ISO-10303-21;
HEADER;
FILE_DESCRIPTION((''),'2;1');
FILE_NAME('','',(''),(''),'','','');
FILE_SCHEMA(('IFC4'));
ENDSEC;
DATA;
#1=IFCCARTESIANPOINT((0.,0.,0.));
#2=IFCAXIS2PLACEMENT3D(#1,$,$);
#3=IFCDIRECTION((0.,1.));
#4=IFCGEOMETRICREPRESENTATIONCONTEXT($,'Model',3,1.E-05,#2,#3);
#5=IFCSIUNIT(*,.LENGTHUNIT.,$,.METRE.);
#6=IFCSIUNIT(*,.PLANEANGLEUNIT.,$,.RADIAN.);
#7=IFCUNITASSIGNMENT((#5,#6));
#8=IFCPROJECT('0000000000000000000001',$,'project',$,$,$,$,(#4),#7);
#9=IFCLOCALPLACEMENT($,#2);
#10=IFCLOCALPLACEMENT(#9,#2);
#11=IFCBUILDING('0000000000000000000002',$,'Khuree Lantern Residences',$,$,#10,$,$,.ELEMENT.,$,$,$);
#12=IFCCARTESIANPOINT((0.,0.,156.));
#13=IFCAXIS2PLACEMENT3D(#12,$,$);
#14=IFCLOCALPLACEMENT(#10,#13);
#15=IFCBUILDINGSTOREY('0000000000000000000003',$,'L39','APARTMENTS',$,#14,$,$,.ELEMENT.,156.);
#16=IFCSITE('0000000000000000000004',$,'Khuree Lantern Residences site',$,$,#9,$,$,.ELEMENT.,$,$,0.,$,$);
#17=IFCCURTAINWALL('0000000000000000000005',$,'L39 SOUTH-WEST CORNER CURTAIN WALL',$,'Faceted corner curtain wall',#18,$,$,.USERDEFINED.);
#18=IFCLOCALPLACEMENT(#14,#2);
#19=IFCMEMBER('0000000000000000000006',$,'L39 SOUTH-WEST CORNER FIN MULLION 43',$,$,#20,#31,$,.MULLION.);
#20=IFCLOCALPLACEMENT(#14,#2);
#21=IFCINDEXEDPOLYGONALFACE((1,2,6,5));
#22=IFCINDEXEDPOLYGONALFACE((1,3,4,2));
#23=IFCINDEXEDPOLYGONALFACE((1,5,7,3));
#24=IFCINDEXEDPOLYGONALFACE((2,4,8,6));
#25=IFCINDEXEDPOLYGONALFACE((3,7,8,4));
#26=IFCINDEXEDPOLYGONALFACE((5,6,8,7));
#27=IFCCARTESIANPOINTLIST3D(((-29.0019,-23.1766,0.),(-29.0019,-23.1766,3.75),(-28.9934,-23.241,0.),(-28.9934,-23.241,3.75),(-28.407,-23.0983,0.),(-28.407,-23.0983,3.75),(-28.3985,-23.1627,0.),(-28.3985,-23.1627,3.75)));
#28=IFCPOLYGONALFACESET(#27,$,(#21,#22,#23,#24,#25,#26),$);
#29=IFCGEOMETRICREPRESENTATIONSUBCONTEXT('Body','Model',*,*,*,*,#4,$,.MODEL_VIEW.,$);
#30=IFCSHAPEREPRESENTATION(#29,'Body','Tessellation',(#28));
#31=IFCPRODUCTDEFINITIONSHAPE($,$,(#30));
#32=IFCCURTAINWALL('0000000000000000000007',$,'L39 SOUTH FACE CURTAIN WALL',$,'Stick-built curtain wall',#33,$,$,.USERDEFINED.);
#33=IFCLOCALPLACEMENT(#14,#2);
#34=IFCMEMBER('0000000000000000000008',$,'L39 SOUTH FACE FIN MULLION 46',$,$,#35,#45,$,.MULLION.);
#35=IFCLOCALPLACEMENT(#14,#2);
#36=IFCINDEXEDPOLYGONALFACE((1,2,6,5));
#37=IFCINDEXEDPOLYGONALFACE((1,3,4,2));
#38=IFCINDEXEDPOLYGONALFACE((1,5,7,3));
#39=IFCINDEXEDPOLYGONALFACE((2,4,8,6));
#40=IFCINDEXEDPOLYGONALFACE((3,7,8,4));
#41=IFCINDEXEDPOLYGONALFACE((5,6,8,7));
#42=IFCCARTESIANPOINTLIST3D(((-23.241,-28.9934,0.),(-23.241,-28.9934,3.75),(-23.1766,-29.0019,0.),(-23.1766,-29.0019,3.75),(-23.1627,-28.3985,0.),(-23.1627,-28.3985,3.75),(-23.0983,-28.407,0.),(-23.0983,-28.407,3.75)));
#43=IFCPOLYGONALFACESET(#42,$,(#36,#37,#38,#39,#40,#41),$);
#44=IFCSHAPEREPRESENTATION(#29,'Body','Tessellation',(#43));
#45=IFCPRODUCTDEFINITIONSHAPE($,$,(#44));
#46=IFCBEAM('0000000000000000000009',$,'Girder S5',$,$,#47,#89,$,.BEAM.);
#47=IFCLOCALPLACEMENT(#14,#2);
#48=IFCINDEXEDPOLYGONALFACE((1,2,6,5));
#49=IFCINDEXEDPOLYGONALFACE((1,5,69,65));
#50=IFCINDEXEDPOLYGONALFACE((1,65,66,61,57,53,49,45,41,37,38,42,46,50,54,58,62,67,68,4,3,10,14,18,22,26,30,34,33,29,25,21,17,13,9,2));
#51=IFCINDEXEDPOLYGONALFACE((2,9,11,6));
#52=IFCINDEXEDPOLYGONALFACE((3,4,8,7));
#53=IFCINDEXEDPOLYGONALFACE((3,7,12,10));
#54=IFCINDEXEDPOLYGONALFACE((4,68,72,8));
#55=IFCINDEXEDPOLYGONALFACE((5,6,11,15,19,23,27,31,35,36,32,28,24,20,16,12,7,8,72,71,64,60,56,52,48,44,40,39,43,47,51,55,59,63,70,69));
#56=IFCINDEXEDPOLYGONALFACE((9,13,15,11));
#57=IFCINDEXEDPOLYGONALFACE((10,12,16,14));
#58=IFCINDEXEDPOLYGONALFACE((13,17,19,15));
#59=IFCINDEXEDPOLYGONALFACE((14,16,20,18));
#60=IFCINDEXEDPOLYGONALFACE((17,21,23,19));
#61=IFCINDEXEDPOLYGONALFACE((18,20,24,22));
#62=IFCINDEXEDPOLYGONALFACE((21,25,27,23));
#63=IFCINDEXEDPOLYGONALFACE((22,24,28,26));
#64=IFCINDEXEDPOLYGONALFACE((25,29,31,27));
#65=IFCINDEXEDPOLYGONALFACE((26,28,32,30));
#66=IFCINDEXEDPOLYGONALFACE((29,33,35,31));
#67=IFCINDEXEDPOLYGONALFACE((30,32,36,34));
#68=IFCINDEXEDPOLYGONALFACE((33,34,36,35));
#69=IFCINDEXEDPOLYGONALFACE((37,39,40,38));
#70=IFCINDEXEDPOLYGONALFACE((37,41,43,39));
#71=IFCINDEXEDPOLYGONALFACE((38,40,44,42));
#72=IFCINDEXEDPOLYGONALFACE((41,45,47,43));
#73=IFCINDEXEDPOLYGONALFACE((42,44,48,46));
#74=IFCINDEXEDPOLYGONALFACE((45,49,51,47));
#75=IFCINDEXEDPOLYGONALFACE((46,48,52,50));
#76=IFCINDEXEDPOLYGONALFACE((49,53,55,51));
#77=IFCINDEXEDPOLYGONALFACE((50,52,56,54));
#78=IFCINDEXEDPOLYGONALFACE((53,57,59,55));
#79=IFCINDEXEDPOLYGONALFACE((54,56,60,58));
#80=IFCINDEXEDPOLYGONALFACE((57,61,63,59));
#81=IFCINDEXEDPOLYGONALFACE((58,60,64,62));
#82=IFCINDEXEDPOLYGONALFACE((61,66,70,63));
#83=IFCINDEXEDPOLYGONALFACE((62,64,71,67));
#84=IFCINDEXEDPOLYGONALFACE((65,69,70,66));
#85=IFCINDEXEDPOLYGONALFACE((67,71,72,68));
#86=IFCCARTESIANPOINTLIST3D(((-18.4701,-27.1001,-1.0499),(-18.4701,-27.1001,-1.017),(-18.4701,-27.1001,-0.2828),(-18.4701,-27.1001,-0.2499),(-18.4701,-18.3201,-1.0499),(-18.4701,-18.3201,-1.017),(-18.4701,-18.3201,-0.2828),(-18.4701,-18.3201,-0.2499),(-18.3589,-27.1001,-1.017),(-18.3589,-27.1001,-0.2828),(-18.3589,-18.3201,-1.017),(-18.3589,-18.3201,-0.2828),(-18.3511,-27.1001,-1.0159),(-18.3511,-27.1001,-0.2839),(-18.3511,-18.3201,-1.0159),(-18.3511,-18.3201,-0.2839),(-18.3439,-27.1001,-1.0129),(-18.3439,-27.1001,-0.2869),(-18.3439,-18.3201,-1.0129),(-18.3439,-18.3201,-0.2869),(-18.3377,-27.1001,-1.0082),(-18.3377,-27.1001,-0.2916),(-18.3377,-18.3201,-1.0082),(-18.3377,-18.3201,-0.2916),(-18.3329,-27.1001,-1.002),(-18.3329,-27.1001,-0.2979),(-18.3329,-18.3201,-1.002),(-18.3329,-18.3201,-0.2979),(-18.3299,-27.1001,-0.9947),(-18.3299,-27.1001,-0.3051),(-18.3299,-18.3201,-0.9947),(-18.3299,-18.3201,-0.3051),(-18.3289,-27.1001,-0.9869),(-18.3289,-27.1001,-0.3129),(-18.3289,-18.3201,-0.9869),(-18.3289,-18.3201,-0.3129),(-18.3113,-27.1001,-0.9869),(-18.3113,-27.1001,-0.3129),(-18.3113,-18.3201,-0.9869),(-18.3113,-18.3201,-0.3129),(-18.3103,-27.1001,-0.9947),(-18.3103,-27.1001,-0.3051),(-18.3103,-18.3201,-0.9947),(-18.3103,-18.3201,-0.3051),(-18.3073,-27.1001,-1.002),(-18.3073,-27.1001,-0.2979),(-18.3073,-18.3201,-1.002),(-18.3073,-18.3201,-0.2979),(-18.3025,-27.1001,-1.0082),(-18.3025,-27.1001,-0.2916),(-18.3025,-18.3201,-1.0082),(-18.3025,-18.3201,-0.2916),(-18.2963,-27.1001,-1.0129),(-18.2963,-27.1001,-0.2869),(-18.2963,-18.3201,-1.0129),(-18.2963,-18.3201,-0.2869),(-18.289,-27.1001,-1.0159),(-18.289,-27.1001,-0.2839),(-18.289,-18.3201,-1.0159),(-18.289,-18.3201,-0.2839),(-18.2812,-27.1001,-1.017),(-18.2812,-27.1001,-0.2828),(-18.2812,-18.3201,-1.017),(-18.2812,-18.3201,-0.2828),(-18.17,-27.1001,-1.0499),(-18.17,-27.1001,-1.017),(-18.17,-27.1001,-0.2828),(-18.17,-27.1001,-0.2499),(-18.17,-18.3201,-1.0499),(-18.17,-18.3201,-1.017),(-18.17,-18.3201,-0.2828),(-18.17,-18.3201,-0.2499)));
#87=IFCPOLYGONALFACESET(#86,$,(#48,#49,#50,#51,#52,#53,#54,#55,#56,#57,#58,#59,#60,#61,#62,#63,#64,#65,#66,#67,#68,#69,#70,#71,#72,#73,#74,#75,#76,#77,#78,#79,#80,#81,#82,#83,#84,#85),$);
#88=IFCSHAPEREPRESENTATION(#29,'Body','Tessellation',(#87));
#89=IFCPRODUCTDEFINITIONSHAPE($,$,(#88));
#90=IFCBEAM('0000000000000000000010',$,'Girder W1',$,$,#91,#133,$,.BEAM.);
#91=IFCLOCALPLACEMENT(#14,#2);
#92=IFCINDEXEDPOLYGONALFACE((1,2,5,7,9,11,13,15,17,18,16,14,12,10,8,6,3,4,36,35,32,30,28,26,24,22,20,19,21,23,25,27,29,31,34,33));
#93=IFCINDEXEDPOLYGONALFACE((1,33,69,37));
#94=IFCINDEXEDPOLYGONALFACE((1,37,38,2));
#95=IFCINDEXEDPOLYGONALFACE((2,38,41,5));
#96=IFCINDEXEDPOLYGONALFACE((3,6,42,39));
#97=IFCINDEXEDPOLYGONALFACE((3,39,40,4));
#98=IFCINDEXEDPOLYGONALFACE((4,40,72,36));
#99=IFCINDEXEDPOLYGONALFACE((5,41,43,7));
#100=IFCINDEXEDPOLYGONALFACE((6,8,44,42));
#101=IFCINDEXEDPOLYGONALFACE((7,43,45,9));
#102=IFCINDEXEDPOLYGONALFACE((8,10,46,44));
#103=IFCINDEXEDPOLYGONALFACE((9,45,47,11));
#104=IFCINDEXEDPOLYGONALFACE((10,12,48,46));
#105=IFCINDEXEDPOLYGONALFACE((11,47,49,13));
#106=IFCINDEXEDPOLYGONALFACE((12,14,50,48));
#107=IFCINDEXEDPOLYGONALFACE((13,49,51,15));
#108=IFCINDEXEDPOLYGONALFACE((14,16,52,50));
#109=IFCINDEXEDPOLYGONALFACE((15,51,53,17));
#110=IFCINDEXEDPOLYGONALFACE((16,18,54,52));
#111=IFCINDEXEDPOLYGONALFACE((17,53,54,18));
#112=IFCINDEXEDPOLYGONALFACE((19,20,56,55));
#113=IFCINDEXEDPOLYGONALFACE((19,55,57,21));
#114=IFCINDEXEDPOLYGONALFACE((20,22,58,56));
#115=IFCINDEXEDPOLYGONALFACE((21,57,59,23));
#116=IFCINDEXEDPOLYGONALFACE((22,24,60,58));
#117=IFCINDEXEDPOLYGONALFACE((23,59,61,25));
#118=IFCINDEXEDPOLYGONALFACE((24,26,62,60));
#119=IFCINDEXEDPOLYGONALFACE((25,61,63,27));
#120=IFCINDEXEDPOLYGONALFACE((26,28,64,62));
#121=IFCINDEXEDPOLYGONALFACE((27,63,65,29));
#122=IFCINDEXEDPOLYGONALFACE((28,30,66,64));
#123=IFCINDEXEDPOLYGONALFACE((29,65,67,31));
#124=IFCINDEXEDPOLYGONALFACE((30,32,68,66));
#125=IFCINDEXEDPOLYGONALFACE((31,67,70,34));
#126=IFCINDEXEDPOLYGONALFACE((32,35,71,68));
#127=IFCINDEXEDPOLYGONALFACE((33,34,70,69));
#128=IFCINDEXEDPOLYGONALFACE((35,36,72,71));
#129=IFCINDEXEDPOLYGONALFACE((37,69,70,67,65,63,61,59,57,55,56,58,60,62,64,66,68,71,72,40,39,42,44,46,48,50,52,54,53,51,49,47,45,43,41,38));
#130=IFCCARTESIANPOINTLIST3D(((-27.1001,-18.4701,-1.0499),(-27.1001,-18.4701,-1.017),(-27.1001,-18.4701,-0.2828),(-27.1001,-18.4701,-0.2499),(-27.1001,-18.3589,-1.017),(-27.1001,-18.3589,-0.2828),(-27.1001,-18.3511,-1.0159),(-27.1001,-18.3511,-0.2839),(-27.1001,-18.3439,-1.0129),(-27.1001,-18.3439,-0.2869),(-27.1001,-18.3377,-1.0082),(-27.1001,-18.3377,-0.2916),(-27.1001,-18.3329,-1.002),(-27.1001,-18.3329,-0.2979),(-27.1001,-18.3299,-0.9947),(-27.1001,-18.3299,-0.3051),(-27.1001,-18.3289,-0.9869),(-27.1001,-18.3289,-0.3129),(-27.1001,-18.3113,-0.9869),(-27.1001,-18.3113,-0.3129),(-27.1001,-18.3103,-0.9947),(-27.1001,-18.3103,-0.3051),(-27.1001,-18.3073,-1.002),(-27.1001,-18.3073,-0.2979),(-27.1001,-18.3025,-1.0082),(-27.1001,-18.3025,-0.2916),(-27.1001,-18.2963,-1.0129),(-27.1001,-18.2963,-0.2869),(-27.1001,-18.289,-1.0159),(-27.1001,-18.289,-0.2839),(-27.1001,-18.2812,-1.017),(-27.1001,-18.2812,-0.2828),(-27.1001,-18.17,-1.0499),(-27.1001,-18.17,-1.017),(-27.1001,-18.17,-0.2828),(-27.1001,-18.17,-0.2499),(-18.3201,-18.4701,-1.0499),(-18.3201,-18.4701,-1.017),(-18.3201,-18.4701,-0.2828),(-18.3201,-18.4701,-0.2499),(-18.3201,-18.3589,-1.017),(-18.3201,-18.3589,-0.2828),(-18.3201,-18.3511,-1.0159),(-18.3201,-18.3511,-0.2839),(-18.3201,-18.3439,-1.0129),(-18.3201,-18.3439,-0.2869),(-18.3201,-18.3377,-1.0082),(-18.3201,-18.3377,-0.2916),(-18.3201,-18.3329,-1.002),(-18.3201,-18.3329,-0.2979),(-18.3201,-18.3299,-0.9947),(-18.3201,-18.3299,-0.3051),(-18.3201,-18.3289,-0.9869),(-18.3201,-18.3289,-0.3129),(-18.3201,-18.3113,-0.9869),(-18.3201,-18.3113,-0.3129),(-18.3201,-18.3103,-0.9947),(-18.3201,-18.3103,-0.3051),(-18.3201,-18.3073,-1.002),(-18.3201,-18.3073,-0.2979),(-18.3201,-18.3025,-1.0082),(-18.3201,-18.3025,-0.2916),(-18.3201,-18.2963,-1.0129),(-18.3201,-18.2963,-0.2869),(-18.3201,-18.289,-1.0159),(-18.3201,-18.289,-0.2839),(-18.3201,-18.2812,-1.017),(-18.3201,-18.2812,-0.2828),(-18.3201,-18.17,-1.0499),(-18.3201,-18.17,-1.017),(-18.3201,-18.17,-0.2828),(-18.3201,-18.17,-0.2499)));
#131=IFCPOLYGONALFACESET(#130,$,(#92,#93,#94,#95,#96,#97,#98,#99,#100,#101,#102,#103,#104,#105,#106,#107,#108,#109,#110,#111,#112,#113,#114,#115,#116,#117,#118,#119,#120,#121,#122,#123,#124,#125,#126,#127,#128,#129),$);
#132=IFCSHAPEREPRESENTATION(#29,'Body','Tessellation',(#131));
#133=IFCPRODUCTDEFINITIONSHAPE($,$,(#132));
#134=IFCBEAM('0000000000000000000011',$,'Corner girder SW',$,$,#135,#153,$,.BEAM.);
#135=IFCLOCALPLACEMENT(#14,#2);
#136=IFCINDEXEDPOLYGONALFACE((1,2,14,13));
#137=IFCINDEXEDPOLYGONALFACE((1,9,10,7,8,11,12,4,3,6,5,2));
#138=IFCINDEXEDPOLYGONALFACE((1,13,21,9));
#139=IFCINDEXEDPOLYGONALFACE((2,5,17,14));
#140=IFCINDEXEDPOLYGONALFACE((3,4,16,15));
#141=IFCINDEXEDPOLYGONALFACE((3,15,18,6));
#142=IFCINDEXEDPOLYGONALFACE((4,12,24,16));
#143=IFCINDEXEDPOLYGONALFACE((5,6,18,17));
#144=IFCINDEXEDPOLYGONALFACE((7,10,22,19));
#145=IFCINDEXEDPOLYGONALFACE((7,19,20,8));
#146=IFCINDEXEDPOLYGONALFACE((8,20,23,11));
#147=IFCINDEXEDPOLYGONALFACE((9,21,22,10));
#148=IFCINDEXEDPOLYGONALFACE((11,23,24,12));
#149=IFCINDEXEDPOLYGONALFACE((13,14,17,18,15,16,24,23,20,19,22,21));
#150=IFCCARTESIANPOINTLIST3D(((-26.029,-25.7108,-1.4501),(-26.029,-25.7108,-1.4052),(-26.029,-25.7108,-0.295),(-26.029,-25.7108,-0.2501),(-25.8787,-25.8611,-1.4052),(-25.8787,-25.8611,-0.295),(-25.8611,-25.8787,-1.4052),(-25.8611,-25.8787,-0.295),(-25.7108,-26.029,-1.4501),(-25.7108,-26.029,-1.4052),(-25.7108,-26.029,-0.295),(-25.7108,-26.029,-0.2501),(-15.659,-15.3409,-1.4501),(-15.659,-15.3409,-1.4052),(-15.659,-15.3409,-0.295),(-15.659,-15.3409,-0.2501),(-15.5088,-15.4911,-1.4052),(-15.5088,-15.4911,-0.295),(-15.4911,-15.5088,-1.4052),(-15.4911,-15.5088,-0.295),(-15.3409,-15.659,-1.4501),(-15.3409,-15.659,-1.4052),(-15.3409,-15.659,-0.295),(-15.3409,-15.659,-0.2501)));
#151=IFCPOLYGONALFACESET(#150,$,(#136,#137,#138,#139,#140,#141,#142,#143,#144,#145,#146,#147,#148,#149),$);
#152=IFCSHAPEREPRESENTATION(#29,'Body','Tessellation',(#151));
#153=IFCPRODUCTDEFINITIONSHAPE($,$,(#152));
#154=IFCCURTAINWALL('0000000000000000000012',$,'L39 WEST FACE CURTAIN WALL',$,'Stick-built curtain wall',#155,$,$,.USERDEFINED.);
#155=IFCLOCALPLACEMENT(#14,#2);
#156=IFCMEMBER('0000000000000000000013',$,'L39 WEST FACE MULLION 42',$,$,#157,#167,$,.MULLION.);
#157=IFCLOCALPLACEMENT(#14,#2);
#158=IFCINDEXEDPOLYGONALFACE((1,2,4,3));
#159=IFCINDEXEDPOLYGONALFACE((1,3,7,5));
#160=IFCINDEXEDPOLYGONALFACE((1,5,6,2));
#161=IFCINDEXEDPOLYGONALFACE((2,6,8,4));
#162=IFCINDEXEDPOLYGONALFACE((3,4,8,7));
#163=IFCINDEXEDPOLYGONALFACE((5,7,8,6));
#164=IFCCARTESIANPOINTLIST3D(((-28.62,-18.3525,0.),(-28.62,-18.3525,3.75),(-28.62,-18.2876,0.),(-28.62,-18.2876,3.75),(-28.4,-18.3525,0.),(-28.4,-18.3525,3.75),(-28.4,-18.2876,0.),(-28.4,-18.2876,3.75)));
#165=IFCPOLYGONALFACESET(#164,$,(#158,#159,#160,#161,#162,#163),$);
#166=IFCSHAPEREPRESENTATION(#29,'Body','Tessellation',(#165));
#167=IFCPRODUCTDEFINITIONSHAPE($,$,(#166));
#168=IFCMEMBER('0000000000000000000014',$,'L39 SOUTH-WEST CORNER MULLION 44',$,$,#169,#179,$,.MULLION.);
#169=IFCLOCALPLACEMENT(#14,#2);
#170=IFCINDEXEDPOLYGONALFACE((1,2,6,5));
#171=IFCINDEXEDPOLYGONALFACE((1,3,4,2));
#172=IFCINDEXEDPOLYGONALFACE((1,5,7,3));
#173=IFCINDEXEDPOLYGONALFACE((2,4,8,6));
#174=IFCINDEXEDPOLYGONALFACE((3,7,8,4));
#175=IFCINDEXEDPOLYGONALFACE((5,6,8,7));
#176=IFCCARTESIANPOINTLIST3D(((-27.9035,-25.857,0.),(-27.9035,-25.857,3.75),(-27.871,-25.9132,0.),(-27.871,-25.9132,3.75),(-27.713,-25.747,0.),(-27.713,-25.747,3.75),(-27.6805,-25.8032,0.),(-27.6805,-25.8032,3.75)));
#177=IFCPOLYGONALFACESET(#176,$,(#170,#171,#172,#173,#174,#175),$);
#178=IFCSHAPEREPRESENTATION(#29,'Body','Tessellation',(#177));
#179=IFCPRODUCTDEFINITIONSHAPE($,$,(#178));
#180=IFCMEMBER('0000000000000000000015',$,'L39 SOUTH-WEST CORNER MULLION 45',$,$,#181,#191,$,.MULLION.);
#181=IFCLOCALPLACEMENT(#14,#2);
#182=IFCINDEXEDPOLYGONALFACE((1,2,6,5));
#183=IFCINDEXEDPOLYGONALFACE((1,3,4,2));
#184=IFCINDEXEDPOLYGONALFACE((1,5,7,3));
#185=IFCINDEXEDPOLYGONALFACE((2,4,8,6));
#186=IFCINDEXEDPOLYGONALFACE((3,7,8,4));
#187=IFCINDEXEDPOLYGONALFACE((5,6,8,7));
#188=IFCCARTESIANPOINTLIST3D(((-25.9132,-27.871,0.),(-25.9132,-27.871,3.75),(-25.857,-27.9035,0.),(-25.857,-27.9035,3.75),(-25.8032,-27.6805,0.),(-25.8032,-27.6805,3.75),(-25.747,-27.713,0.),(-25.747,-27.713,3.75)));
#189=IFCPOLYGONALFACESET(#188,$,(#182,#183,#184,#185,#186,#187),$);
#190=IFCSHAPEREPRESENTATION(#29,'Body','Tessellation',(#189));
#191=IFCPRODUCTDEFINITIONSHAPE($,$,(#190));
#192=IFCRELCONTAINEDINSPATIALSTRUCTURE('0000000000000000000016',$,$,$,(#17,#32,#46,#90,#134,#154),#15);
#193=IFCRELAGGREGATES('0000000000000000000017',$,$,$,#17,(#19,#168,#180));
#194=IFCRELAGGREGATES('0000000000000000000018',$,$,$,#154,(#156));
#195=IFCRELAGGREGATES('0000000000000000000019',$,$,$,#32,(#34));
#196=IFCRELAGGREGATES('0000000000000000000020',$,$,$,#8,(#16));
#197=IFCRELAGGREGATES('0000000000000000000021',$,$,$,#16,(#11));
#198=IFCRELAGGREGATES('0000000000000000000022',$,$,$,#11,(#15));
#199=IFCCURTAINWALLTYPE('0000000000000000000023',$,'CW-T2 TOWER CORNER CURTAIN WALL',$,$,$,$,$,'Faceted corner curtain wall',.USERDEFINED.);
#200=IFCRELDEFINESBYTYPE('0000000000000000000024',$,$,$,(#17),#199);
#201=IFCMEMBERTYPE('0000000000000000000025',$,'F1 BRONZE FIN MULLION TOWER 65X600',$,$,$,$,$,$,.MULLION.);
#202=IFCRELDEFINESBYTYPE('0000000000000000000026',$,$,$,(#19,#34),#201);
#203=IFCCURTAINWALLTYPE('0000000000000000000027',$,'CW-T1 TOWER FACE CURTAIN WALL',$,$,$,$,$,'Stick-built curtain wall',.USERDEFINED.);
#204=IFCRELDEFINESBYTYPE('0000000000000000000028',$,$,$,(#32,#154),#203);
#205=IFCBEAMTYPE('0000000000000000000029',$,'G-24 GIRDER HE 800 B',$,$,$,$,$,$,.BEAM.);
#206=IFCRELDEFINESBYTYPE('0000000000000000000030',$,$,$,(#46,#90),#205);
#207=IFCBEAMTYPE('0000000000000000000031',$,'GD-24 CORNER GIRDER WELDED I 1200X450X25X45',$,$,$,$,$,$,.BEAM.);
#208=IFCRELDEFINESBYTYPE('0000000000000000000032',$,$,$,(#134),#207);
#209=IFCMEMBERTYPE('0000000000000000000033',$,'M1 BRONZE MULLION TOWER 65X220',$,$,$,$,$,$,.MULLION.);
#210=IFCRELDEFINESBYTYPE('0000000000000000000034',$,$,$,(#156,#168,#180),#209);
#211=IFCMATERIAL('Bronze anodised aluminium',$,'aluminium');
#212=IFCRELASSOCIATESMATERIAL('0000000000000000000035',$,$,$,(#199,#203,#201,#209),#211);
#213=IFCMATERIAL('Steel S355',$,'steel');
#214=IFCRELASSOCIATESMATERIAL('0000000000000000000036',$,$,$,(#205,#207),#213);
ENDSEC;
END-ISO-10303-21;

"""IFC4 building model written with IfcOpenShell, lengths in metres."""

from ifc_helpers import new_model, si_unit, direction, frame, origin, origin_2d, place, context, subcontext, project, spatial, rectangle, i_section, extrude, material, material_profile, profile_set, type_object, element, aggregate, save


model = new_model("IFC4")

# Units and contexts
model_context = context("Model", 3, precision=1e-05, world=origin(), true_north=direction((0.0, 1.0)))
body_context = subcontext(model_context, "Body", "Model", "MODEL_VIEW")
ifc_project = project(units=[si_unit("LENGTHUNIT", "METRE"), si_unit("PLANEANGLEUNIT", "RADIAN")], contexts=[model_context])

# Site, building, storey
site_placement = place(None, origin())
site = spatial("IfcSite", under=ifc_project, at=site_placement, Name="Khuree Lantern Residences site", CompositionType="ELEMENT", RefElevation=0.0)
building_placement = place(site_placement, origin())
building = spatial("IfcBuilding", under=site, at=building_placement, Name="Khuree Lantern Residences", CompositionType="ELEMENT")
storey_placement = place(building_placement, frame((0.0, 0.0, 156.0)))
storey = spatial("IfcBuildingStorey", under=building, at=storey_placement, Name="L39", Description="APARTMENTS", CompositionType="ELEMENT", Elevation=156.0)

# Shared definitions
ifc_material_1 = material(Name="Steel S355", Category="steel")

# Curtain walls, members
ifc_material_2 = material(Name="Bronze anodised aluminium", Category="aluminium")
curtain_wall_type_1 = type_object("IfcCurtainWallType", Name="CW-T2 TOWER CORNER CURTAIN WALL", ElementType="Faceted corner curtain wall", PredefinedType="USERDEFINED", material=ifc_material_2)
curtain_wall_1_placement = place(storey_placement, origin())
curtain_wall_1 = element("IfcCurtainWall", 1, at=curtain_wall_1_placement, inside=storey, type_object=curtain_wall_type_1, Name="L39 SOUTH-WEST CORNER CURTAIN WALL", ObjectType="Faceted corner curtain wall", PredefinedType="USERDEFINED")
ifc_material_profile_1 = material_profile(ifc_material_2, rectangle(XDim=0.0649, YDim=0.6001, at=origin_2d()), Name="F1 65X600")
ifc_profile_set_1 = profile_set([ifc_material_profile_1], Name="Bronze anodised aluminium")
member_type_1 = type_object("IfcMemberType", Name="F1 BRONZE FIN MULLION TOWER 65X600", PredefinedType="MULLION", material=ifc_profile_set_1)
member_1_placement = place(storey_placement, frame((-28.7002, -23.1697, 0.0), z_axis=(0.0, 0.0, 1.0), x_axis=(0.130526, -0.991445, 0.0)))
member_1 = element("IfcMember", 2, at=member_1_placement, type_object=member_type_1, Name="L39 SOUTH-WEST CORNER FIN MULLION 43", PredefinedType="MULLION", context=body_context, shape_type="SweptSolid", body=[
    extrude(rectangle(XDim=0.0649, YDim=0.6001, at=origin_2d()), origin(), (0.0, 0.0, 1.0), 3.75),
])
curtain_wall_type_2 = type_object("IfcCurtainWallType", Name="CW-T1 TOWER FACE CURTAIN WALL", ElementType="Stick-built curtain wall", PredefinedType="USERDEFINED", material=ifc_material_2)
curtain_wall_2_placement = place(storey_placement, origin())
curtain_wall_2 = element("IfcCurtainWall", 3, at=curtain_wall_2_placement, inside=storey, type_object=curtain_wall_type_2, Name="L39 SOUTH FACE CURTAIN WALL", ObjectType="Stick-built curtain wall", PredefinedType="USERDEFINED")
member_2_placement = place(storey_placement, frame((-23.1697, -28.7002, 0.0), z_axis=(0.0, 0.0, 1.0), x_axis=(0.991445, -0.130526, 0.0)))
member_2 = element("IfcMember", 4, at=member_2_placement, type_object=member_type_1, Name="L39 SOUTH FACE FIN MULLION 46", PredefinedType="MULLION", context=body_context, shape_type="SweptSolid", body=[
    extrude(rectangle(XDim=0.0649, YDim=0.6001, at=origin_2d()), origin(), (0.0, 0.0, 1.0), 3.75),
])

# Beams
ifc_material_profile_2 = material_profile(ifc_material_1, i_section(OverallWidth=0.3, OverallDepth=0.8, WebThickness=0.0176, FlangeThickness=0.033, FilletRadius=0.03, at=origin_2d()), Name="HE 800 B")
ifc_profile_set_2 = profile_set([ifc_material_profile_2], Name="Steel S355")
beam_type_1 = type_object("IfcBeamType", Name="G-24 GIRDER HE 800 B", PredefinedType="BEAM", material=ifc_profile_set_2)
for number, where, z_axis, x_axis, name in (
    (5, (-18.3201, -27.1001, -0.6499), (0.0, 1.0, 0.0), (-1.0, 0.0, 0.0), "Girder S5"),
    (6, (-27.1001, -18.3201, -0.6499), (1.0, 0.0, 0.0), (0.0, 1.0, 0.0), "Girder W1"),
):
    element("IfcBeam", number, at=place(storey_placement, frame(where, z_axis=z_axis, x_axis=x_axis)), inside=storey, type_object=beam_type_1, Name=name, PredefinedType="BEAM", context=body_context, shape_type="SweptSolid", body=[
        extrude(i_section(OverallWidth=0.3, OverallDepth=0.8, WebThickness=0.0176, FlangeThickness=0.033, FilletRadius=0.03, at=origin_2d()), origin(), (0.0, 0.0, 1.0), 8.78),
    ])
ifc_material_profile_3 = material_profile(ifc_material_1, i_section(OverallWidth=0.45, OverallDepth=1.2, WebThickness=0.0249, FlangeThickness=0.0449, at=origin_2d()), Name="WELDED I 1200X450X25X45")
ifc_profile_set_3 = profile_set([ifc_material_profile_3], Name="Steel S355")
beam_type_2 = type_object("IfcBeamType", Name="GD-24 CORNER GIRDER WELDED I 1200X450X25X45", PredefinedType="BEAM", material=ifc_profile_set_3)
beam_1_placement = place(storey_placement, frame((-25.8699, -25.8699, -0.8501), z_axis=(0.707107, 0.707107, 0.0), x_axis=(-0.707107, 0.707107, 0.0)))
element("IfcBeam", 7, at=beam_1_placement, inside=storey, type_object=beam_type_2, Name="Corner girder SW", PredefinedType="BEAM", context=body_context, shape_type="SweptSolid", body=[
    extrude(i_section(OverallWidth=0.45, OverallDepth=1.2, WebThickness=0.0249, FlangeThickness=0.0449, at=origin_2d()), origin(), (0.0, 0.0, 1.0), 14.6653),
])

# Curtain wall, member
curtain_wall_3_placement = place(storey_placement, origin())
curtain_wall_3 = element("IfcCurtainWall", 8, at=curtain_wall_3_placement, inside=storey, type_object=curtain_wall_type_2, Name="L39 WEST FACE CURTAIN WALL", ObjectType="Stick-built curtain wall", PredefinedType="USERDEFINED")
ifc_material_profile_4 = material_profile(ifc_material_2, rectangle(XDim=0.0649, YDim=0.22, at=origin_2d()), Name="M1 65X220")
ifc_profile_set_4 = profile_set([ifc_material_profile_4], Name="Bronze anodised aluminium")
member_type_2 = type_object("IfcMemberType", Name="M1 BRONZE MULLION TOWER 65X220", PredefinedType="MULLION", material=ifc_profile_set_4)
member_3_placement = place(storey_placement, frame((-28.51, -18.3201, 0.0), z_axis=(0.0, 0.0, 1.0), x_axis=(0.0, -1.0, 0.0)))
member_3 = element("IfcMember", 9, at=member_3_placement, type_object=member_type_2, Name="L39 WEST FACE MULLION 42", PredefinedType="MULLION", context=body_context, shape_type="SweptSolid", body=[
    extrude(rectangle(XDim=0.0649, YDim=0.22, at=origin_2d()), origin(), (0.0, 0.0, 1.0), 3.75),
])

# Members
member_4_placement = place(storey_placement, frame((-27.792, -25.8301, 0.0), z_axis=(0.0, 0.0, 1.0), x_axis=(0.5, -0.866025, 0.0)))
member_4 = element("IfcMember", 10, at=member_4_placement, type_object=member_type_2, Name="L39 SOUTH-WEST CORNER MULLION 44", PredefinedType="MULLION", context=body_context, shape_type="SweptSolid", body=[
    extrude(rectangle(XDim=0.0649, YDim=0.22, at=origin_2d()), origin(), (0.0, 0.0, 1.0), 3.75),
])
member_5_placement = place(storey_placement, frame((-25.8301, -27.792, 0.0), z_axis=(0.0, 0.0, 1.0), x_axis=(0.866025, -0.5, 0.0)))
member_5 = element("IfcMember", 11, at=member_5_placement, type_object=member_type_2, Name="L39 SOUTH-WEST CORNER MULLION 45", PredefinedType="MULLION", context=body_context, shape_type="SweptSolid", body=[
    extrude(rectangle(XDim=0.0649, YDim=0.22, at=origin_2d()), origin(), (0.0, 0.0, 1.0), 3.75),
])

aggregate(curtain_wall_1, [member_1, member_4, member_5])
aggregate(curtain_wall_3, [member_3])
aggregate(curtain_wall_2, [member_2])

save(model, "model.ifc")
